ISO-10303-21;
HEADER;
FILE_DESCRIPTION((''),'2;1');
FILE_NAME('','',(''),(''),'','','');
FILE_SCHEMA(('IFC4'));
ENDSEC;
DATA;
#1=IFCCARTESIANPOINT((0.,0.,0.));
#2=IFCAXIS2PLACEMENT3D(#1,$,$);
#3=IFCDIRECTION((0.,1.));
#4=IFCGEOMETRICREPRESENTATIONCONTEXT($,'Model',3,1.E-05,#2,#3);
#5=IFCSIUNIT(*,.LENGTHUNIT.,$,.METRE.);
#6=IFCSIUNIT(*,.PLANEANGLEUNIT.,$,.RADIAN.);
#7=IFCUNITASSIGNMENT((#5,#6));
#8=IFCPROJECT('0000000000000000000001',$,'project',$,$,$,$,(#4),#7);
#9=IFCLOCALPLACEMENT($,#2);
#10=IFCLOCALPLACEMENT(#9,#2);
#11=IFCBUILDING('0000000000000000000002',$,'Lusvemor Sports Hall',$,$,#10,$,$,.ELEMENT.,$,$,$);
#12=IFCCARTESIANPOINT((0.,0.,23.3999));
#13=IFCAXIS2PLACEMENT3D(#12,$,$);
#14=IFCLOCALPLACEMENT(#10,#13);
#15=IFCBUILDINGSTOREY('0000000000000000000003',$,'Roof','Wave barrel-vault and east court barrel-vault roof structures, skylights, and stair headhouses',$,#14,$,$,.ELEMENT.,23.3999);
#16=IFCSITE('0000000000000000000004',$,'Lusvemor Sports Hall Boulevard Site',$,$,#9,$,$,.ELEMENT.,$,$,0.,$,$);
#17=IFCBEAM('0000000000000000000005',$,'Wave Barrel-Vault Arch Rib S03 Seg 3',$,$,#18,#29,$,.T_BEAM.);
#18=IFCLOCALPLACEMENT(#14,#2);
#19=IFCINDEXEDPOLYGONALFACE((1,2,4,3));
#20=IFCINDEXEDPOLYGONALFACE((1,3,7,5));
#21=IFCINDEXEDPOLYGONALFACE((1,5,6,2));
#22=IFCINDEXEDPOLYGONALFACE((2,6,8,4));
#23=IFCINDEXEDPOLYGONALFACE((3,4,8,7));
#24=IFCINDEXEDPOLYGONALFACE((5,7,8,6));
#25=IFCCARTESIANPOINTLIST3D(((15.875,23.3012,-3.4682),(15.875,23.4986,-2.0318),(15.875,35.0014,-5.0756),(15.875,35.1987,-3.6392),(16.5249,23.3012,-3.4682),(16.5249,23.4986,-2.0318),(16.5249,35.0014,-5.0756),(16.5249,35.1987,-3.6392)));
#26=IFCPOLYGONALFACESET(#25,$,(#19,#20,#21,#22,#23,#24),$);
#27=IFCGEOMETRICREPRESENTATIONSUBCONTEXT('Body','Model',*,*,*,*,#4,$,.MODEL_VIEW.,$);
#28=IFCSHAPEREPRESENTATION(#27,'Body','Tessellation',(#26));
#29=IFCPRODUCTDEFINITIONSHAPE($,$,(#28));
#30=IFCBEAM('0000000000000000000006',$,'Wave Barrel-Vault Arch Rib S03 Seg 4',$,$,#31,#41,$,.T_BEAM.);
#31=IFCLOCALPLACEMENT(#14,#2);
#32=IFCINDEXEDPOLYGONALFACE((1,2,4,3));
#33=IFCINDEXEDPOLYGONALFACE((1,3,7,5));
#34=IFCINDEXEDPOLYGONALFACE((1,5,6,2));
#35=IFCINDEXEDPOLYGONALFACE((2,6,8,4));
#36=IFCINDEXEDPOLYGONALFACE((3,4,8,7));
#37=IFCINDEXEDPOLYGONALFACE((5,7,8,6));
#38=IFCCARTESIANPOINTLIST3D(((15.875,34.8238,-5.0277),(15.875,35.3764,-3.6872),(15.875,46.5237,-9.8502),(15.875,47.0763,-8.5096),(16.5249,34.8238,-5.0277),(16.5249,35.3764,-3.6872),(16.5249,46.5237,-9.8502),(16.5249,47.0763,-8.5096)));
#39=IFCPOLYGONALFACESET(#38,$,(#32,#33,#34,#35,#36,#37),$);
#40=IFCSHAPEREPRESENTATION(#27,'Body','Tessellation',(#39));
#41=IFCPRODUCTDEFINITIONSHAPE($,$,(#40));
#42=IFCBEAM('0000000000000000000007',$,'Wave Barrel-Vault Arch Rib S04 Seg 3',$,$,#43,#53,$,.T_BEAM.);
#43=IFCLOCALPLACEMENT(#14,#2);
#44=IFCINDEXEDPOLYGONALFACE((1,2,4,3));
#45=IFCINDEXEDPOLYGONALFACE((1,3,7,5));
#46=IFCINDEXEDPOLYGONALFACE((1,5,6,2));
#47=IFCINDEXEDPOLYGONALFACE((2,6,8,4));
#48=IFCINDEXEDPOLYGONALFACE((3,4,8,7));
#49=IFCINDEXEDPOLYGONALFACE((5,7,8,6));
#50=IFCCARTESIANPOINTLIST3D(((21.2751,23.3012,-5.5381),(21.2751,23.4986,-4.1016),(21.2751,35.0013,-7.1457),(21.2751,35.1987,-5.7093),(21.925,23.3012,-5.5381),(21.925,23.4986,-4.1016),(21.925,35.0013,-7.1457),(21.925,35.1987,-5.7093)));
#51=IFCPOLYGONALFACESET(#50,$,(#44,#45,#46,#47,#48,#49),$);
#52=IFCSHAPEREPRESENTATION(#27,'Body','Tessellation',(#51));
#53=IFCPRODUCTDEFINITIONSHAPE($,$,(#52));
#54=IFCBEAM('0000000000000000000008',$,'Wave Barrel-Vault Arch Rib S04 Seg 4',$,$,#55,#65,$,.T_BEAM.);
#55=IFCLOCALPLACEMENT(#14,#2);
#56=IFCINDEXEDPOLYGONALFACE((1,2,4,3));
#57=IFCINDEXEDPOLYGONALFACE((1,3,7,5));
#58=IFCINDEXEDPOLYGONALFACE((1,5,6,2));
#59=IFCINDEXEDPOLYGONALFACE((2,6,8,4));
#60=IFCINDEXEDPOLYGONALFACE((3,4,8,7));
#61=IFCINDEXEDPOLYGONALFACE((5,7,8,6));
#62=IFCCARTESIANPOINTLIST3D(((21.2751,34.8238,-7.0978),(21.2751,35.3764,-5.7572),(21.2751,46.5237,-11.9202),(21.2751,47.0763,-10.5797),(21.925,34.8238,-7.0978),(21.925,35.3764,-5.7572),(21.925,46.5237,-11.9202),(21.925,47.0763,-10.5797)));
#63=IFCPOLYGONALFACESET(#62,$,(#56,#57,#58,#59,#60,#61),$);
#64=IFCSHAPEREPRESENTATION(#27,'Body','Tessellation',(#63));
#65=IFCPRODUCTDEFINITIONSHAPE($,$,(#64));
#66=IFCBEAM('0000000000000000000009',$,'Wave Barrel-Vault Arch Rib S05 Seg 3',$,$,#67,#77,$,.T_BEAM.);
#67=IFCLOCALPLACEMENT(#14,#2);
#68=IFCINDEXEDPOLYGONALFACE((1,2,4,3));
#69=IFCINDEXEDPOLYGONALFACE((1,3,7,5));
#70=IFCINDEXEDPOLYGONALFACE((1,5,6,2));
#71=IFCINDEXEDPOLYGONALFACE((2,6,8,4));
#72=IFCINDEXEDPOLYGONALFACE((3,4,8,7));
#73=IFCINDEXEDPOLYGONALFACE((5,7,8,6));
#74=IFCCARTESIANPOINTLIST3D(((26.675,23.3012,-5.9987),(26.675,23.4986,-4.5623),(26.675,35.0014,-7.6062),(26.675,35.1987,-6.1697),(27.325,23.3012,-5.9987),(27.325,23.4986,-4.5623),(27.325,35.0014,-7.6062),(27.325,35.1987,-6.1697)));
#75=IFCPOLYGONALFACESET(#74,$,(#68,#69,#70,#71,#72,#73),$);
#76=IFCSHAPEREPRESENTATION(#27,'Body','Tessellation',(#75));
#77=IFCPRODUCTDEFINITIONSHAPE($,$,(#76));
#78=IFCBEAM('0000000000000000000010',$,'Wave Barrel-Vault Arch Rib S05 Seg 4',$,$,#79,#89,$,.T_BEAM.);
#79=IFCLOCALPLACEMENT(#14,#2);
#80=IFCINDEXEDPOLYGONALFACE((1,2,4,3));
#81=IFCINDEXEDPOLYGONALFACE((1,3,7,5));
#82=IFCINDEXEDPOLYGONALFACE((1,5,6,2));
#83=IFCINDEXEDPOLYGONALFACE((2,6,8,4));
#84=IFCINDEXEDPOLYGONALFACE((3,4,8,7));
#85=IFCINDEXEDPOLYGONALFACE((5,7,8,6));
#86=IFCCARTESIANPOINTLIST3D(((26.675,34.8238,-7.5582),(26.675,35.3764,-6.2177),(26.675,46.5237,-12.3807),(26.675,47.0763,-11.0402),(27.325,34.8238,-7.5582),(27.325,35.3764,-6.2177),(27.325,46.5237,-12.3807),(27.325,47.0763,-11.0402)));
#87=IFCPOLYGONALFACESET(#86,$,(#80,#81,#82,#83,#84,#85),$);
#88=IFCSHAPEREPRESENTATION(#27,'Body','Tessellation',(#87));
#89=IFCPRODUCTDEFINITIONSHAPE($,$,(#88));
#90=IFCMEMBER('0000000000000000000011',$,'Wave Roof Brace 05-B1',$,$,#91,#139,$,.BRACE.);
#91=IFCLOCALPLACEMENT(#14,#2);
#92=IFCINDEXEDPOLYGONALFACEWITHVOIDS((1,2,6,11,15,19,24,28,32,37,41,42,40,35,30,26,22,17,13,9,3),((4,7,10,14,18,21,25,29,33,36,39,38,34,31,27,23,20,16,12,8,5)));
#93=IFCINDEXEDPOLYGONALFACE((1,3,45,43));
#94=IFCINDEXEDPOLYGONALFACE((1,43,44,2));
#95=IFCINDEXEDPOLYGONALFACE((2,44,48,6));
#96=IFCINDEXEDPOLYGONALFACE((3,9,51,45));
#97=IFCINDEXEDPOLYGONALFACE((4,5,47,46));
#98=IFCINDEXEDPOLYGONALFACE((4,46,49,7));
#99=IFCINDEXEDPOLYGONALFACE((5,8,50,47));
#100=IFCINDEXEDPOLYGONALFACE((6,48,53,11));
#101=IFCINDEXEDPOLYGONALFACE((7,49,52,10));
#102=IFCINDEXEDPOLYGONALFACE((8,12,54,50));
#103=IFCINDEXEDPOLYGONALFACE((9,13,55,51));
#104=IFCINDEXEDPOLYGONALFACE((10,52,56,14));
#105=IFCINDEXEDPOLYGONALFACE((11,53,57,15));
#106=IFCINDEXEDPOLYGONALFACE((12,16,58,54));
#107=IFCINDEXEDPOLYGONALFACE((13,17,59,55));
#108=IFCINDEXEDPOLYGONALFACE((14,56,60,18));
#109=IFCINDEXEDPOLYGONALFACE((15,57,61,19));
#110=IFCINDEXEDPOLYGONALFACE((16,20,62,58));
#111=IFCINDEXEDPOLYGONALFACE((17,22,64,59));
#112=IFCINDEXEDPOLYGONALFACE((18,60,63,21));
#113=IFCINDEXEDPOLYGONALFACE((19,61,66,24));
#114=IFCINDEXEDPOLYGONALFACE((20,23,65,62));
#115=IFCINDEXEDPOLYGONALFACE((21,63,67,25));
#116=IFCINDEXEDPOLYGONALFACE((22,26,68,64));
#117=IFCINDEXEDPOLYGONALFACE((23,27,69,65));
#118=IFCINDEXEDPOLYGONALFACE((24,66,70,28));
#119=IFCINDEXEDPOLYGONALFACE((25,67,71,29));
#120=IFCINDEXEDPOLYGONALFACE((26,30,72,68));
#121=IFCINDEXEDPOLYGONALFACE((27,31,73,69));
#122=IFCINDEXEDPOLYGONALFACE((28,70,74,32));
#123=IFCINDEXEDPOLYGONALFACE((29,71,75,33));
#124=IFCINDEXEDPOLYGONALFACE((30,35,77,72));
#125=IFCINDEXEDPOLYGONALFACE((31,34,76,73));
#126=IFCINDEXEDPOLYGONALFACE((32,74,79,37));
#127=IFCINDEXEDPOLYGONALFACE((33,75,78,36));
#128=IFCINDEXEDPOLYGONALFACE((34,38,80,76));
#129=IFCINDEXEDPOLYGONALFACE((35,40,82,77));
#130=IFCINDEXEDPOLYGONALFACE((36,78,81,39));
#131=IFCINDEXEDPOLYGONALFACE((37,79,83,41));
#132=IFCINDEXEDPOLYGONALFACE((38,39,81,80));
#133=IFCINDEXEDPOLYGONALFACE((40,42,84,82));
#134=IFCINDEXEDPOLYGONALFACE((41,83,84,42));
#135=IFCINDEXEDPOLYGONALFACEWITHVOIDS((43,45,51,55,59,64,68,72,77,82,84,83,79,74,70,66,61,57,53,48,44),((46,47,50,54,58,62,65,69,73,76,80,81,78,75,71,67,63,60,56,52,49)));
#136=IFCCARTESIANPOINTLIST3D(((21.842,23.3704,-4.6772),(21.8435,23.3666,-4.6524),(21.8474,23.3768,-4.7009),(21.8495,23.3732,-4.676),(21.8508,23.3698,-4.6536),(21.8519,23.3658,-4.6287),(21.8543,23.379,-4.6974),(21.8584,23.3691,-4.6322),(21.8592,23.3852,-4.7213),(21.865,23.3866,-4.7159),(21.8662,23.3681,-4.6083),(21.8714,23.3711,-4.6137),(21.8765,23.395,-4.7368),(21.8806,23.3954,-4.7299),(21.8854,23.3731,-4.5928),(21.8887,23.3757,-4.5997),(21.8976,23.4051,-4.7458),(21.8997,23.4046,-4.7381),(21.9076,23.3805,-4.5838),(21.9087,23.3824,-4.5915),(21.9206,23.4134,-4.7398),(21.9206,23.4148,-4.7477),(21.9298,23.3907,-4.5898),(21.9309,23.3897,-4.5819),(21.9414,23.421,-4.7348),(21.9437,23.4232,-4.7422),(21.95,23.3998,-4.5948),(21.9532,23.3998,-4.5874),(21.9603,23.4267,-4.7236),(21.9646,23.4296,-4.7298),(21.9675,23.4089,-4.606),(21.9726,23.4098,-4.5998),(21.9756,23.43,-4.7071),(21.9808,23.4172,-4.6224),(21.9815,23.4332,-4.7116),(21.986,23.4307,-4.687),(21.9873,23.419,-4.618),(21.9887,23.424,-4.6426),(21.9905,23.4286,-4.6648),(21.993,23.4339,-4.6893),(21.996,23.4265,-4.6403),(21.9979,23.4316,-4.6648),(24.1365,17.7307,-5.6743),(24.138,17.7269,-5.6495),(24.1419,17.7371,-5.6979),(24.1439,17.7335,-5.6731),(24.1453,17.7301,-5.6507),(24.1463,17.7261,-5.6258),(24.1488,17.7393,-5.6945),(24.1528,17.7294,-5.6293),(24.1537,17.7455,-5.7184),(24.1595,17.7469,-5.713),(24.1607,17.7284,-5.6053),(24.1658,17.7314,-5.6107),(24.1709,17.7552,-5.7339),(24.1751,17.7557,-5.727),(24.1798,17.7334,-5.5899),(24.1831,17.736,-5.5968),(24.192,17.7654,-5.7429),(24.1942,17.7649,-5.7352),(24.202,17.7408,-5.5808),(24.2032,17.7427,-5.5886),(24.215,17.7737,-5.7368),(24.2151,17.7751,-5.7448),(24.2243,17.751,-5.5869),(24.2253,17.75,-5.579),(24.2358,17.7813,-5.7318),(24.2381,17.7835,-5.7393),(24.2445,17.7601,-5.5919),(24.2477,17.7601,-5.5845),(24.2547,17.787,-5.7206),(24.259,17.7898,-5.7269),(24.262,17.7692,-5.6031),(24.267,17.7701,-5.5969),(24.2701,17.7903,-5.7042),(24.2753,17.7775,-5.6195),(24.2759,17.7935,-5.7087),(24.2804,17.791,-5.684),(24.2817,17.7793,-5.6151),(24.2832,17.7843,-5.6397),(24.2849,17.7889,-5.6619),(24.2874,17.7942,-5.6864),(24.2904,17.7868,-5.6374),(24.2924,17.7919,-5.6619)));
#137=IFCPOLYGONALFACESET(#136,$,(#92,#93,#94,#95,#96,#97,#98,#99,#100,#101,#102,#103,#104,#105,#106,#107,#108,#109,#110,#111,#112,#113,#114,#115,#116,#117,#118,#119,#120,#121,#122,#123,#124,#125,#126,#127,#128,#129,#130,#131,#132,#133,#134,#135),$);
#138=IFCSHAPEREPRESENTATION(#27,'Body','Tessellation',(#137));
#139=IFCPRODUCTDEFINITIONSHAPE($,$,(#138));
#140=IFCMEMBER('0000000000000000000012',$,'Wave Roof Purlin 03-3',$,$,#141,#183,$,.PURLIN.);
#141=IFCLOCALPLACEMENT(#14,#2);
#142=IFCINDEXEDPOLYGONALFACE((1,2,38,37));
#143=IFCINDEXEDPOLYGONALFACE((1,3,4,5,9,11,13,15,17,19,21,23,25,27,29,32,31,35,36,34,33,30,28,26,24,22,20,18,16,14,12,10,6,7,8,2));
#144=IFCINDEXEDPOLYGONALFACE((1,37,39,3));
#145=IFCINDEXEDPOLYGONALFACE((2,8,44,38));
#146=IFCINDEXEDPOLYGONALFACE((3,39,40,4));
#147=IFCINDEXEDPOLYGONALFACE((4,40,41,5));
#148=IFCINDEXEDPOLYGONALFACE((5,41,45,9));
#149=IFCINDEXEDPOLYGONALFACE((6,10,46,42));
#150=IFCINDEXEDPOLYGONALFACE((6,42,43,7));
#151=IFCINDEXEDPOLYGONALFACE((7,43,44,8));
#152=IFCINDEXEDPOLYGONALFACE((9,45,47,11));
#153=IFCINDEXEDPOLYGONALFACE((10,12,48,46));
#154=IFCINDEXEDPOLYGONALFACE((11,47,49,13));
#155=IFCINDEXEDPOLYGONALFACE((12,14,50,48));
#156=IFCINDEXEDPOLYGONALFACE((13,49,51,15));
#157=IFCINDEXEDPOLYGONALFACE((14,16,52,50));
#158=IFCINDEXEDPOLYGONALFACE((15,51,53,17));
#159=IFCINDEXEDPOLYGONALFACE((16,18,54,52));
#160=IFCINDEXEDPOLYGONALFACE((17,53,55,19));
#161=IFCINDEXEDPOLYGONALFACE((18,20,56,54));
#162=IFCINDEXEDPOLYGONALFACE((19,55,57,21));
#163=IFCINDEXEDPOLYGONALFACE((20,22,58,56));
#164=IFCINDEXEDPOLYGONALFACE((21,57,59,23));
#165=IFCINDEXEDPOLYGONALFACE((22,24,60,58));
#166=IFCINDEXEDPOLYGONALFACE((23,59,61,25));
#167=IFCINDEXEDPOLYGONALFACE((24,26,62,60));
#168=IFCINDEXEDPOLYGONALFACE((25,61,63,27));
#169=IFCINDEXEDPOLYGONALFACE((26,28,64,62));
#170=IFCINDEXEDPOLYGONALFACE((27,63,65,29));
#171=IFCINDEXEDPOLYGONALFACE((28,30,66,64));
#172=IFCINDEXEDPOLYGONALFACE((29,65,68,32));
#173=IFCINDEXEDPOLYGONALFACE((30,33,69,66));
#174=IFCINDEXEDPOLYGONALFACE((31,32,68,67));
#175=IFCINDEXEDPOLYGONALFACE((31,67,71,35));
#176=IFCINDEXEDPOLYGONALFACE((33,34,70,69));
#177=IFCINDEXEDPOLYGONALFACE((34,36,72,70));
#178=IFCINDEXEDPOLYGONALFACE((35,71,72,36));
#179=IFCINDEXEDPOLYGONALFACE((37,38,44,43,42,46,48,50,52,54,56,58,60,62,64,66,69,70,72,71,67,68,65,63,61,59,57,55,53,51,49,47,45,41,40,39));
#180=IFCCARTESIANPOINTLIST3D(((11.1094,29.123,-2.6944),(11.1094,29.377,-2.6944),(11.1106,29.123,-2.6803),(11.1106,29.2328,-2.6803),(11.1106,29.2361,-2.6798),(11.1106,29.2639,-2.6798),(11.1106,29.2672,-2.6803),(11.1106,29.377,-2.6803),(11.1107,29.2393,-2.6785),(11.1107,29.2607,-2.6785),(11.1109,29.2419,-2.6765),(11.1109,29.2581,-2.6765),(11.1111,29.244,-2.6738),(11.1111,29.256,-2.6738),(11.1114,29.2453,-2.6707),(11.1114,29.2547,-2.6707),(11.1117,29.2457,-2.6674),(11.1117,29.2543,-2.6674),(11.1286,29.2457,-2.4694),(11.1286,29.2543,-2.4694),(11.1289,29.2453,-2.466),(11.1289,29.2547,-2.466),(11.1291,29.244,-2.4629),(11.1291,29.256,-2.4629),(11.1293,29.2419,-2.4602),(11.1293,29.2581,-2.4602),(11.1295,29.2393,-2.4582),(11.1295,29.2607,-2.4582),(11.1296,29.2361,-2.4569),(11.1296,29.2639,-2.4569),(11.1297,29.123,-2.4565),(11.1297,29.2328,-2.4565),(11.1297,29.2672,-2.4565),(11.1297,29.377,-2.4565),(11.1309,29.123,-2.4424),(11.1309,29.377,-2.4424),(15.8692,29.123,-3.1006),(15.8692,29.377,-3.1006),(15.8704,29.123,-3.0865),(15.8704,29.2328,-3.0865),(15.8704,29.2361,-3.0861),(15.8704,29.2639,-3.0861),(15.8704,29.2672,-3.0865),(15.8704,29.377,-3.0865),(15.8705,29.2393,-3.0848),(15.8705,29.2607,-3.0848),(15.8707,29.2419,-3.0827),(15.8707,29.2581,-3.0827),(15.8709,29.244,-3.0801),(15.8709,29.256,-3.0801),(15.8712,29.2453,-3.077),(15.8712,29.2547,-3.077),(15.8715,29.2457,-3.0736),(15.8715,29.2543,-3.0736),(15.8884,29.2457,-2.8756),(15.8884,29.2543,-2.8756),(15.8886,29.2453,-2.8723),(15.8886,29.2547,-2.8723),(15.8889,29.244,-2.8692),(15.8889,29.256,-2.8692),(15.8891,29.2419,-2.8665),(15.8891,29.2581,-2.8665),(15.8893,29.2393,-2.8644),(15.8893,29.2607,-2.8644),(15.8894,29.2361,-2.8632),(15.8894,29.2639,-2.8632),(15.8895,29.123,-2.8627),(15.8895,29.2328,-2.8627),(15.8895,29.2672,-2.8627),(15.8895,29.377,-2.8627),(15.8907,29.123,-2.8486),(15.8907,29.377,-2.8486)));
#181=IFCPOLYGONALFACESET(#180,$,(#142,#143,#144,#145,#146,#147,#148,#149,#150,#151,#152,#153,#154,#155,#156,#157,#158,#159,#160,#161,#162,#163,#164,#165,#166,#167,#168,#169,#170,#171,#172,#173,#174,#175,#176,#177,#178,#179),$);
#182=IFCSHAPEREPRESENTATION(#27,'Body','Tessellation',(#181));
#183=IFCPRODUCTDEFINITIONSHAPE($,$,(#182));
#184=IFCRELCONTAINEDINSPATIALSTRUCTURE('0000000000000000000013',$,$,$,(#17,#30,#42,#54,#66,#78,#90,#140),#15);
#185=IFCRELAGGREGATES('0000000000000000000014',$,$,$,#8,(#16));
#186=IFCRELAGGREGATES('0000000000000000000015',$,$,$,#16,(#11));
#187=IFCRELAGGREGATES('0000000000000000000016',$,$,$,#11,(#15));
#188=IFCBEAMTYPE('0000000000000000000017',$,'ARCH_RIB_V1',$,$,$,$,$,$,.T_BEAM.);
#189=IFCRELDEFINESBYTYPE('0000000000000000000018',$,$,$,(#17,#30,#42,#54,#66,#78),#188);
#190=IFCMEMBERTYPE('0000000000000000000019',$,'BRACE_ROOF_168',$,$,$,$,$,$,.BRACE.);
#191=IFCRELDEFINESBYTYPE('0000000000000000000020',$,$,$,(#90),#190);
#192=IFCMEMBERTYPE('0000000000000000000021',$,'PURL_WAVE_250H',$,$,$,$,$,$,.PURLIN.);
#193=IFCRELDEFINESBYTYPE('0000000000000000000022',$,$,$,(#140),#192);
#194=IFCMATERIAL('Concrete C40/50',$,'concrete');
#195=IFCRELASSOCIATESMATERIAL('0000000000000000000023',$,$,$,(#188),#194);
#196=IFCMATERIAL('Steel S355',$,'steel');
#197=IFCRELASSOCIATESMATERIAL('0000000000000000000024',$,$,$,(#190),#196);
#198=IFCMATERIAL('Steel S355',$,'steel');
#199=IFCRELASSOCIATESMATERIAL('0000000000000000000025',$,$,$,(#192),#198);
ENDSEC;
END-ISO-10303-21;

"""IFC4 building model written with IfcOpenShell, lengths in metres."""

from ifc_helpers import new_model, si_unit, direction, frame, origin, origin_2d, place, context, subcontext, project, spatial, rectangle, hollow_circle, i_section, extrude, material, material_profile, profile_set, type_object, element, save


model = new_model("IFC4")

# Units and contexts
model_context = context("Model", 3, precision=1e-05, world=origin(), true_north=direction((0.0, 1.0)))
body_context = subcontext(model_context, "Body", "Model", "MODEL_VIEW")
ifc_project = project(units=[si_unit("LENGTHUNIT", "METRE"), si_unit("PLANEANGLEUNIT", "RADIAN")], contexts=[model_context])

# Site, building, storey
site_placement = place(None, origin())
site = spatial("IfcSite", under=ifc_project, at=site_placement, Name="Lusvemor Sports Hall Boulevard Site", CompositionType="ELEMENT", RefElevation=0.0)
building_placement = place(site_placement, origin())
building = spatial("IfcBuilding", under=site, at=building_placement, Name="Lusvemor Sports Hall", CompositionType="ELEMENT")
storey_placement = place(building_placement, frame((0.0, 0.0, 23.3999)))
storey = spatial("IfcBuildingStorey", under=building, at=storey_placement, Name="Roof", Description="Wave barrel-vault and east court barrel-vault roof structures, skylights, and stair headhouses", CompositionType="ELEMENT", Elevation=23.3999)

# Beams
ifc_material_1 = material(Name="Concrete C40/50", Category="concrete")
ifc_material_profile_1 = material_profile(ifc_material_1, rectangle(XDim=0.6499, YDim=1.45, at=origin_2d()), Name="RC650x1450")
ifc_profile_set_1 = profile_set([ifc_material_profile_1], Name="Concrete C40/50")
beam_type = type_object("IfcBeamType", Name="ARCH_RIB_V1", PredefinedType="T_BEAM", material=ifc_profile_set_1)
beam_1_placement = place(storey_placement, frame((16.2, 23.3999, -2.75), z_axis=(0.0, 0.990694, -0.136106), x_axis=(-1.0, 0.0, 0.0)))
element("IfcBeam", 1, at=beam_1_placement, inside=storey, type_object=beam_type, Name="Wave Barrel-Vault Arch Rib S03 Seg 3", PredefinedType="T_BEAM", context=body_context, shape_type="SweptSolid", body=[
    extrude(rectangle(XDim=0.6499, YDim=1.45, at=origin_2d()), origin(), (0.0, 0.0, 1.0), 11.8101),
])
beam_2_placement = place(storey_placement, frame((16.2, 35.1001, -4.3574), z_axis=(0.0, 0.924542, -0.38108), x_axis=(-1.0, 0.0, 0.0)))
element("IfcBeam", 2, at=beam_2_placement, inside=storey, type_object=beam_type, Name="Wave Barrel-Vault Arch Rib S03 Seg 4", PredefinedType="T_BEAM", context=body_context, shape_type="SweptSolid", body=[
    extrude(rectangle(XDim=0.6499, YDim=1.45, at=origin_2d()), origin(), (0.0, 0.0, 1.0), 12.6548),
])
beam_3_placement = place(storey_placement, frame((21.6001, 23.3999, -4.8198), z_axis=(0.0, 0.990692, -0.136126), x_axis=(-1.0, 0.0, 0.0)))
element("IfcBeam", 3, at=beam_3_placement, inside=storey, type_object=beam_type, Name="Wave Barrel-Vault Arch Rib S04 Seg 3", PredefinedType="T_BEAM", context=body_context, shape_type="SweptSolid", body=[
    extrude(rectangle(XDim=0.6499, YDim=1.45, at=origin_2d()), origin(), (0.0, 0.0, 1.0), 11.8101),
])
beam_4_placement = place(storey_placement, frame((21.6001, 35.1001, -6.4275), z_axis=(0.0, 0.924542, -0.38108), x_axis=(-1.0, 0.0, 0.0)))
element("IfcBeam", 4, at=beam_4_placement, inside=storey, type_object=beam_type, Name="Wave Barrel-Vault Arch Rib S04 Seg 4", PredefinedType="T_BEAM", context=body_context, shape_type="SweptSolid", body=[
    extrude(rectangle(XDim=0.6499, YDim=1.45, at=origin_2d()), origin(), (0.0, 0.0, 1.0), 12.6548),
])
beam_5_placement = place(storey_placement, frame((27.0, 23.3999, -5.2805), z_axis=(0.0, 0.990694, -0.136106), x_axis=(-1.0, 0.0, 0.0)))
element("IfcBeam", 5, at=beam_5_placement, inside=storey, type_object=beam_type, Name="Wave Barrel-Vault Arch Rib S05 Seg 3", PredefinedType="T_BEAM", context=body_context, shape_type="SweptSolid", body=[
    extrude(rectangle(XDim=0.6499, YDim=1.45, at=origin_2d()), origin(), (0.0, 0.0, 1.0), 11.8101),
])
beam_6_placement = place(storey_placement, frame((27.0, 35.1001, -6.8879), z_axis=(0.0, 0.924542, -0.38108), x_axis=(-1.0, 0.0, 0.0)))
element("IfcBeam", 6, at=beam_6_placement, inside=storey, type_object=beam_type, Name="Wave Barrel-Vault Arch Rib S05 Seg 4", PredefinedType="T_BEAM", context=body_context, shape_type="SweptSolid", body=[
    extrude(rectangle(XDim=0.6499, YDim=1.45, at=origin_2d()), origin(), (0.0, 0.0, 1.0), 12.6548),
])

# Members
ifc_material_2 = material(Name="Steel S355", Category="steel")
ifc_material_profile_2 = material_profile(ifc_material_2, hollow_circle(Radius=0.0842, WallThickness=0.0081, at=origin_2d()), Name="CHS168.3x8.0")
ifc_profile_set_2 = profile_set([ifc_material_profile_2], Name="Steel S355")
member_type_1 = type_object("IfcMemberType", Name="BRACE_ROOF_168", PredefinedType="BRACE", material=ifc_profile_set_2)
member_1_placement = place(storey_placement, frame((21.9199, 23.3999, -4.6648), z_axis=(0.371892, -0.9141, -0.16161), x_axis=(0.926276, 0.376846, 0.0)))
element("IfcMember", 7, at=member_1_placement, inside=storey, type_object=member_type_1, Name="Wave Roof Brace 05-B1", PredefinedType="BRACE", context=body_context, shape_type="SweptSolid", body=[
    extrude(hollow_circle(Radius=0.0842, WallThickness=0.0081, at=origin_2d()), origin(), (0.0, 0.0, 1.0), 6.1697),
])
ifc_material_3 = material(Name="Steel S355", Category="steel")
ifc_material_profile_3 = material_profile(ifc_material_3, i_section(OverallWidth=0.2539, OverallDepth=0.2529, WebThickness=0.0085, FlangeThickness=0.0142, FilletRadius=0.0129, at=origin_2d()), Name="W250x73.0")
ifc_profile_set_3 = profile_set([ifc_material_profile_3], Name="Steel S355")
member_type_2 = type_object("IfcMemberType", Name="PURL_WAVE_250H", PredefinedType="PURLIN", material=ifc_profile_set_3)
member_2_placement = place(storey_placement, frame((11.1201, 29.25, -2.5684), z_axis=(0.996377, 0.0, -0.085042), x_axis=(0.0, 1.0, 0.0)))
element("IfcMember", 8, at=member_2_placement, inside=storey, type_object=member_type_2, Name="Wave Roof Purlin 03-3", PredefinedType="PURLIN", context=body_context, shape_type="SweptSolid", body=[
    extrude(i_section(OverallWidth=0.2539, OverallDepth=0.2529, WebThickness=0.0085, FlangeThickness=0.0142, FilletRadius=0.0129, at=origin_2d()), origin(), (0.0, 0.0, 1.0), 4.7771),
])

save(model, "model.ifc")
